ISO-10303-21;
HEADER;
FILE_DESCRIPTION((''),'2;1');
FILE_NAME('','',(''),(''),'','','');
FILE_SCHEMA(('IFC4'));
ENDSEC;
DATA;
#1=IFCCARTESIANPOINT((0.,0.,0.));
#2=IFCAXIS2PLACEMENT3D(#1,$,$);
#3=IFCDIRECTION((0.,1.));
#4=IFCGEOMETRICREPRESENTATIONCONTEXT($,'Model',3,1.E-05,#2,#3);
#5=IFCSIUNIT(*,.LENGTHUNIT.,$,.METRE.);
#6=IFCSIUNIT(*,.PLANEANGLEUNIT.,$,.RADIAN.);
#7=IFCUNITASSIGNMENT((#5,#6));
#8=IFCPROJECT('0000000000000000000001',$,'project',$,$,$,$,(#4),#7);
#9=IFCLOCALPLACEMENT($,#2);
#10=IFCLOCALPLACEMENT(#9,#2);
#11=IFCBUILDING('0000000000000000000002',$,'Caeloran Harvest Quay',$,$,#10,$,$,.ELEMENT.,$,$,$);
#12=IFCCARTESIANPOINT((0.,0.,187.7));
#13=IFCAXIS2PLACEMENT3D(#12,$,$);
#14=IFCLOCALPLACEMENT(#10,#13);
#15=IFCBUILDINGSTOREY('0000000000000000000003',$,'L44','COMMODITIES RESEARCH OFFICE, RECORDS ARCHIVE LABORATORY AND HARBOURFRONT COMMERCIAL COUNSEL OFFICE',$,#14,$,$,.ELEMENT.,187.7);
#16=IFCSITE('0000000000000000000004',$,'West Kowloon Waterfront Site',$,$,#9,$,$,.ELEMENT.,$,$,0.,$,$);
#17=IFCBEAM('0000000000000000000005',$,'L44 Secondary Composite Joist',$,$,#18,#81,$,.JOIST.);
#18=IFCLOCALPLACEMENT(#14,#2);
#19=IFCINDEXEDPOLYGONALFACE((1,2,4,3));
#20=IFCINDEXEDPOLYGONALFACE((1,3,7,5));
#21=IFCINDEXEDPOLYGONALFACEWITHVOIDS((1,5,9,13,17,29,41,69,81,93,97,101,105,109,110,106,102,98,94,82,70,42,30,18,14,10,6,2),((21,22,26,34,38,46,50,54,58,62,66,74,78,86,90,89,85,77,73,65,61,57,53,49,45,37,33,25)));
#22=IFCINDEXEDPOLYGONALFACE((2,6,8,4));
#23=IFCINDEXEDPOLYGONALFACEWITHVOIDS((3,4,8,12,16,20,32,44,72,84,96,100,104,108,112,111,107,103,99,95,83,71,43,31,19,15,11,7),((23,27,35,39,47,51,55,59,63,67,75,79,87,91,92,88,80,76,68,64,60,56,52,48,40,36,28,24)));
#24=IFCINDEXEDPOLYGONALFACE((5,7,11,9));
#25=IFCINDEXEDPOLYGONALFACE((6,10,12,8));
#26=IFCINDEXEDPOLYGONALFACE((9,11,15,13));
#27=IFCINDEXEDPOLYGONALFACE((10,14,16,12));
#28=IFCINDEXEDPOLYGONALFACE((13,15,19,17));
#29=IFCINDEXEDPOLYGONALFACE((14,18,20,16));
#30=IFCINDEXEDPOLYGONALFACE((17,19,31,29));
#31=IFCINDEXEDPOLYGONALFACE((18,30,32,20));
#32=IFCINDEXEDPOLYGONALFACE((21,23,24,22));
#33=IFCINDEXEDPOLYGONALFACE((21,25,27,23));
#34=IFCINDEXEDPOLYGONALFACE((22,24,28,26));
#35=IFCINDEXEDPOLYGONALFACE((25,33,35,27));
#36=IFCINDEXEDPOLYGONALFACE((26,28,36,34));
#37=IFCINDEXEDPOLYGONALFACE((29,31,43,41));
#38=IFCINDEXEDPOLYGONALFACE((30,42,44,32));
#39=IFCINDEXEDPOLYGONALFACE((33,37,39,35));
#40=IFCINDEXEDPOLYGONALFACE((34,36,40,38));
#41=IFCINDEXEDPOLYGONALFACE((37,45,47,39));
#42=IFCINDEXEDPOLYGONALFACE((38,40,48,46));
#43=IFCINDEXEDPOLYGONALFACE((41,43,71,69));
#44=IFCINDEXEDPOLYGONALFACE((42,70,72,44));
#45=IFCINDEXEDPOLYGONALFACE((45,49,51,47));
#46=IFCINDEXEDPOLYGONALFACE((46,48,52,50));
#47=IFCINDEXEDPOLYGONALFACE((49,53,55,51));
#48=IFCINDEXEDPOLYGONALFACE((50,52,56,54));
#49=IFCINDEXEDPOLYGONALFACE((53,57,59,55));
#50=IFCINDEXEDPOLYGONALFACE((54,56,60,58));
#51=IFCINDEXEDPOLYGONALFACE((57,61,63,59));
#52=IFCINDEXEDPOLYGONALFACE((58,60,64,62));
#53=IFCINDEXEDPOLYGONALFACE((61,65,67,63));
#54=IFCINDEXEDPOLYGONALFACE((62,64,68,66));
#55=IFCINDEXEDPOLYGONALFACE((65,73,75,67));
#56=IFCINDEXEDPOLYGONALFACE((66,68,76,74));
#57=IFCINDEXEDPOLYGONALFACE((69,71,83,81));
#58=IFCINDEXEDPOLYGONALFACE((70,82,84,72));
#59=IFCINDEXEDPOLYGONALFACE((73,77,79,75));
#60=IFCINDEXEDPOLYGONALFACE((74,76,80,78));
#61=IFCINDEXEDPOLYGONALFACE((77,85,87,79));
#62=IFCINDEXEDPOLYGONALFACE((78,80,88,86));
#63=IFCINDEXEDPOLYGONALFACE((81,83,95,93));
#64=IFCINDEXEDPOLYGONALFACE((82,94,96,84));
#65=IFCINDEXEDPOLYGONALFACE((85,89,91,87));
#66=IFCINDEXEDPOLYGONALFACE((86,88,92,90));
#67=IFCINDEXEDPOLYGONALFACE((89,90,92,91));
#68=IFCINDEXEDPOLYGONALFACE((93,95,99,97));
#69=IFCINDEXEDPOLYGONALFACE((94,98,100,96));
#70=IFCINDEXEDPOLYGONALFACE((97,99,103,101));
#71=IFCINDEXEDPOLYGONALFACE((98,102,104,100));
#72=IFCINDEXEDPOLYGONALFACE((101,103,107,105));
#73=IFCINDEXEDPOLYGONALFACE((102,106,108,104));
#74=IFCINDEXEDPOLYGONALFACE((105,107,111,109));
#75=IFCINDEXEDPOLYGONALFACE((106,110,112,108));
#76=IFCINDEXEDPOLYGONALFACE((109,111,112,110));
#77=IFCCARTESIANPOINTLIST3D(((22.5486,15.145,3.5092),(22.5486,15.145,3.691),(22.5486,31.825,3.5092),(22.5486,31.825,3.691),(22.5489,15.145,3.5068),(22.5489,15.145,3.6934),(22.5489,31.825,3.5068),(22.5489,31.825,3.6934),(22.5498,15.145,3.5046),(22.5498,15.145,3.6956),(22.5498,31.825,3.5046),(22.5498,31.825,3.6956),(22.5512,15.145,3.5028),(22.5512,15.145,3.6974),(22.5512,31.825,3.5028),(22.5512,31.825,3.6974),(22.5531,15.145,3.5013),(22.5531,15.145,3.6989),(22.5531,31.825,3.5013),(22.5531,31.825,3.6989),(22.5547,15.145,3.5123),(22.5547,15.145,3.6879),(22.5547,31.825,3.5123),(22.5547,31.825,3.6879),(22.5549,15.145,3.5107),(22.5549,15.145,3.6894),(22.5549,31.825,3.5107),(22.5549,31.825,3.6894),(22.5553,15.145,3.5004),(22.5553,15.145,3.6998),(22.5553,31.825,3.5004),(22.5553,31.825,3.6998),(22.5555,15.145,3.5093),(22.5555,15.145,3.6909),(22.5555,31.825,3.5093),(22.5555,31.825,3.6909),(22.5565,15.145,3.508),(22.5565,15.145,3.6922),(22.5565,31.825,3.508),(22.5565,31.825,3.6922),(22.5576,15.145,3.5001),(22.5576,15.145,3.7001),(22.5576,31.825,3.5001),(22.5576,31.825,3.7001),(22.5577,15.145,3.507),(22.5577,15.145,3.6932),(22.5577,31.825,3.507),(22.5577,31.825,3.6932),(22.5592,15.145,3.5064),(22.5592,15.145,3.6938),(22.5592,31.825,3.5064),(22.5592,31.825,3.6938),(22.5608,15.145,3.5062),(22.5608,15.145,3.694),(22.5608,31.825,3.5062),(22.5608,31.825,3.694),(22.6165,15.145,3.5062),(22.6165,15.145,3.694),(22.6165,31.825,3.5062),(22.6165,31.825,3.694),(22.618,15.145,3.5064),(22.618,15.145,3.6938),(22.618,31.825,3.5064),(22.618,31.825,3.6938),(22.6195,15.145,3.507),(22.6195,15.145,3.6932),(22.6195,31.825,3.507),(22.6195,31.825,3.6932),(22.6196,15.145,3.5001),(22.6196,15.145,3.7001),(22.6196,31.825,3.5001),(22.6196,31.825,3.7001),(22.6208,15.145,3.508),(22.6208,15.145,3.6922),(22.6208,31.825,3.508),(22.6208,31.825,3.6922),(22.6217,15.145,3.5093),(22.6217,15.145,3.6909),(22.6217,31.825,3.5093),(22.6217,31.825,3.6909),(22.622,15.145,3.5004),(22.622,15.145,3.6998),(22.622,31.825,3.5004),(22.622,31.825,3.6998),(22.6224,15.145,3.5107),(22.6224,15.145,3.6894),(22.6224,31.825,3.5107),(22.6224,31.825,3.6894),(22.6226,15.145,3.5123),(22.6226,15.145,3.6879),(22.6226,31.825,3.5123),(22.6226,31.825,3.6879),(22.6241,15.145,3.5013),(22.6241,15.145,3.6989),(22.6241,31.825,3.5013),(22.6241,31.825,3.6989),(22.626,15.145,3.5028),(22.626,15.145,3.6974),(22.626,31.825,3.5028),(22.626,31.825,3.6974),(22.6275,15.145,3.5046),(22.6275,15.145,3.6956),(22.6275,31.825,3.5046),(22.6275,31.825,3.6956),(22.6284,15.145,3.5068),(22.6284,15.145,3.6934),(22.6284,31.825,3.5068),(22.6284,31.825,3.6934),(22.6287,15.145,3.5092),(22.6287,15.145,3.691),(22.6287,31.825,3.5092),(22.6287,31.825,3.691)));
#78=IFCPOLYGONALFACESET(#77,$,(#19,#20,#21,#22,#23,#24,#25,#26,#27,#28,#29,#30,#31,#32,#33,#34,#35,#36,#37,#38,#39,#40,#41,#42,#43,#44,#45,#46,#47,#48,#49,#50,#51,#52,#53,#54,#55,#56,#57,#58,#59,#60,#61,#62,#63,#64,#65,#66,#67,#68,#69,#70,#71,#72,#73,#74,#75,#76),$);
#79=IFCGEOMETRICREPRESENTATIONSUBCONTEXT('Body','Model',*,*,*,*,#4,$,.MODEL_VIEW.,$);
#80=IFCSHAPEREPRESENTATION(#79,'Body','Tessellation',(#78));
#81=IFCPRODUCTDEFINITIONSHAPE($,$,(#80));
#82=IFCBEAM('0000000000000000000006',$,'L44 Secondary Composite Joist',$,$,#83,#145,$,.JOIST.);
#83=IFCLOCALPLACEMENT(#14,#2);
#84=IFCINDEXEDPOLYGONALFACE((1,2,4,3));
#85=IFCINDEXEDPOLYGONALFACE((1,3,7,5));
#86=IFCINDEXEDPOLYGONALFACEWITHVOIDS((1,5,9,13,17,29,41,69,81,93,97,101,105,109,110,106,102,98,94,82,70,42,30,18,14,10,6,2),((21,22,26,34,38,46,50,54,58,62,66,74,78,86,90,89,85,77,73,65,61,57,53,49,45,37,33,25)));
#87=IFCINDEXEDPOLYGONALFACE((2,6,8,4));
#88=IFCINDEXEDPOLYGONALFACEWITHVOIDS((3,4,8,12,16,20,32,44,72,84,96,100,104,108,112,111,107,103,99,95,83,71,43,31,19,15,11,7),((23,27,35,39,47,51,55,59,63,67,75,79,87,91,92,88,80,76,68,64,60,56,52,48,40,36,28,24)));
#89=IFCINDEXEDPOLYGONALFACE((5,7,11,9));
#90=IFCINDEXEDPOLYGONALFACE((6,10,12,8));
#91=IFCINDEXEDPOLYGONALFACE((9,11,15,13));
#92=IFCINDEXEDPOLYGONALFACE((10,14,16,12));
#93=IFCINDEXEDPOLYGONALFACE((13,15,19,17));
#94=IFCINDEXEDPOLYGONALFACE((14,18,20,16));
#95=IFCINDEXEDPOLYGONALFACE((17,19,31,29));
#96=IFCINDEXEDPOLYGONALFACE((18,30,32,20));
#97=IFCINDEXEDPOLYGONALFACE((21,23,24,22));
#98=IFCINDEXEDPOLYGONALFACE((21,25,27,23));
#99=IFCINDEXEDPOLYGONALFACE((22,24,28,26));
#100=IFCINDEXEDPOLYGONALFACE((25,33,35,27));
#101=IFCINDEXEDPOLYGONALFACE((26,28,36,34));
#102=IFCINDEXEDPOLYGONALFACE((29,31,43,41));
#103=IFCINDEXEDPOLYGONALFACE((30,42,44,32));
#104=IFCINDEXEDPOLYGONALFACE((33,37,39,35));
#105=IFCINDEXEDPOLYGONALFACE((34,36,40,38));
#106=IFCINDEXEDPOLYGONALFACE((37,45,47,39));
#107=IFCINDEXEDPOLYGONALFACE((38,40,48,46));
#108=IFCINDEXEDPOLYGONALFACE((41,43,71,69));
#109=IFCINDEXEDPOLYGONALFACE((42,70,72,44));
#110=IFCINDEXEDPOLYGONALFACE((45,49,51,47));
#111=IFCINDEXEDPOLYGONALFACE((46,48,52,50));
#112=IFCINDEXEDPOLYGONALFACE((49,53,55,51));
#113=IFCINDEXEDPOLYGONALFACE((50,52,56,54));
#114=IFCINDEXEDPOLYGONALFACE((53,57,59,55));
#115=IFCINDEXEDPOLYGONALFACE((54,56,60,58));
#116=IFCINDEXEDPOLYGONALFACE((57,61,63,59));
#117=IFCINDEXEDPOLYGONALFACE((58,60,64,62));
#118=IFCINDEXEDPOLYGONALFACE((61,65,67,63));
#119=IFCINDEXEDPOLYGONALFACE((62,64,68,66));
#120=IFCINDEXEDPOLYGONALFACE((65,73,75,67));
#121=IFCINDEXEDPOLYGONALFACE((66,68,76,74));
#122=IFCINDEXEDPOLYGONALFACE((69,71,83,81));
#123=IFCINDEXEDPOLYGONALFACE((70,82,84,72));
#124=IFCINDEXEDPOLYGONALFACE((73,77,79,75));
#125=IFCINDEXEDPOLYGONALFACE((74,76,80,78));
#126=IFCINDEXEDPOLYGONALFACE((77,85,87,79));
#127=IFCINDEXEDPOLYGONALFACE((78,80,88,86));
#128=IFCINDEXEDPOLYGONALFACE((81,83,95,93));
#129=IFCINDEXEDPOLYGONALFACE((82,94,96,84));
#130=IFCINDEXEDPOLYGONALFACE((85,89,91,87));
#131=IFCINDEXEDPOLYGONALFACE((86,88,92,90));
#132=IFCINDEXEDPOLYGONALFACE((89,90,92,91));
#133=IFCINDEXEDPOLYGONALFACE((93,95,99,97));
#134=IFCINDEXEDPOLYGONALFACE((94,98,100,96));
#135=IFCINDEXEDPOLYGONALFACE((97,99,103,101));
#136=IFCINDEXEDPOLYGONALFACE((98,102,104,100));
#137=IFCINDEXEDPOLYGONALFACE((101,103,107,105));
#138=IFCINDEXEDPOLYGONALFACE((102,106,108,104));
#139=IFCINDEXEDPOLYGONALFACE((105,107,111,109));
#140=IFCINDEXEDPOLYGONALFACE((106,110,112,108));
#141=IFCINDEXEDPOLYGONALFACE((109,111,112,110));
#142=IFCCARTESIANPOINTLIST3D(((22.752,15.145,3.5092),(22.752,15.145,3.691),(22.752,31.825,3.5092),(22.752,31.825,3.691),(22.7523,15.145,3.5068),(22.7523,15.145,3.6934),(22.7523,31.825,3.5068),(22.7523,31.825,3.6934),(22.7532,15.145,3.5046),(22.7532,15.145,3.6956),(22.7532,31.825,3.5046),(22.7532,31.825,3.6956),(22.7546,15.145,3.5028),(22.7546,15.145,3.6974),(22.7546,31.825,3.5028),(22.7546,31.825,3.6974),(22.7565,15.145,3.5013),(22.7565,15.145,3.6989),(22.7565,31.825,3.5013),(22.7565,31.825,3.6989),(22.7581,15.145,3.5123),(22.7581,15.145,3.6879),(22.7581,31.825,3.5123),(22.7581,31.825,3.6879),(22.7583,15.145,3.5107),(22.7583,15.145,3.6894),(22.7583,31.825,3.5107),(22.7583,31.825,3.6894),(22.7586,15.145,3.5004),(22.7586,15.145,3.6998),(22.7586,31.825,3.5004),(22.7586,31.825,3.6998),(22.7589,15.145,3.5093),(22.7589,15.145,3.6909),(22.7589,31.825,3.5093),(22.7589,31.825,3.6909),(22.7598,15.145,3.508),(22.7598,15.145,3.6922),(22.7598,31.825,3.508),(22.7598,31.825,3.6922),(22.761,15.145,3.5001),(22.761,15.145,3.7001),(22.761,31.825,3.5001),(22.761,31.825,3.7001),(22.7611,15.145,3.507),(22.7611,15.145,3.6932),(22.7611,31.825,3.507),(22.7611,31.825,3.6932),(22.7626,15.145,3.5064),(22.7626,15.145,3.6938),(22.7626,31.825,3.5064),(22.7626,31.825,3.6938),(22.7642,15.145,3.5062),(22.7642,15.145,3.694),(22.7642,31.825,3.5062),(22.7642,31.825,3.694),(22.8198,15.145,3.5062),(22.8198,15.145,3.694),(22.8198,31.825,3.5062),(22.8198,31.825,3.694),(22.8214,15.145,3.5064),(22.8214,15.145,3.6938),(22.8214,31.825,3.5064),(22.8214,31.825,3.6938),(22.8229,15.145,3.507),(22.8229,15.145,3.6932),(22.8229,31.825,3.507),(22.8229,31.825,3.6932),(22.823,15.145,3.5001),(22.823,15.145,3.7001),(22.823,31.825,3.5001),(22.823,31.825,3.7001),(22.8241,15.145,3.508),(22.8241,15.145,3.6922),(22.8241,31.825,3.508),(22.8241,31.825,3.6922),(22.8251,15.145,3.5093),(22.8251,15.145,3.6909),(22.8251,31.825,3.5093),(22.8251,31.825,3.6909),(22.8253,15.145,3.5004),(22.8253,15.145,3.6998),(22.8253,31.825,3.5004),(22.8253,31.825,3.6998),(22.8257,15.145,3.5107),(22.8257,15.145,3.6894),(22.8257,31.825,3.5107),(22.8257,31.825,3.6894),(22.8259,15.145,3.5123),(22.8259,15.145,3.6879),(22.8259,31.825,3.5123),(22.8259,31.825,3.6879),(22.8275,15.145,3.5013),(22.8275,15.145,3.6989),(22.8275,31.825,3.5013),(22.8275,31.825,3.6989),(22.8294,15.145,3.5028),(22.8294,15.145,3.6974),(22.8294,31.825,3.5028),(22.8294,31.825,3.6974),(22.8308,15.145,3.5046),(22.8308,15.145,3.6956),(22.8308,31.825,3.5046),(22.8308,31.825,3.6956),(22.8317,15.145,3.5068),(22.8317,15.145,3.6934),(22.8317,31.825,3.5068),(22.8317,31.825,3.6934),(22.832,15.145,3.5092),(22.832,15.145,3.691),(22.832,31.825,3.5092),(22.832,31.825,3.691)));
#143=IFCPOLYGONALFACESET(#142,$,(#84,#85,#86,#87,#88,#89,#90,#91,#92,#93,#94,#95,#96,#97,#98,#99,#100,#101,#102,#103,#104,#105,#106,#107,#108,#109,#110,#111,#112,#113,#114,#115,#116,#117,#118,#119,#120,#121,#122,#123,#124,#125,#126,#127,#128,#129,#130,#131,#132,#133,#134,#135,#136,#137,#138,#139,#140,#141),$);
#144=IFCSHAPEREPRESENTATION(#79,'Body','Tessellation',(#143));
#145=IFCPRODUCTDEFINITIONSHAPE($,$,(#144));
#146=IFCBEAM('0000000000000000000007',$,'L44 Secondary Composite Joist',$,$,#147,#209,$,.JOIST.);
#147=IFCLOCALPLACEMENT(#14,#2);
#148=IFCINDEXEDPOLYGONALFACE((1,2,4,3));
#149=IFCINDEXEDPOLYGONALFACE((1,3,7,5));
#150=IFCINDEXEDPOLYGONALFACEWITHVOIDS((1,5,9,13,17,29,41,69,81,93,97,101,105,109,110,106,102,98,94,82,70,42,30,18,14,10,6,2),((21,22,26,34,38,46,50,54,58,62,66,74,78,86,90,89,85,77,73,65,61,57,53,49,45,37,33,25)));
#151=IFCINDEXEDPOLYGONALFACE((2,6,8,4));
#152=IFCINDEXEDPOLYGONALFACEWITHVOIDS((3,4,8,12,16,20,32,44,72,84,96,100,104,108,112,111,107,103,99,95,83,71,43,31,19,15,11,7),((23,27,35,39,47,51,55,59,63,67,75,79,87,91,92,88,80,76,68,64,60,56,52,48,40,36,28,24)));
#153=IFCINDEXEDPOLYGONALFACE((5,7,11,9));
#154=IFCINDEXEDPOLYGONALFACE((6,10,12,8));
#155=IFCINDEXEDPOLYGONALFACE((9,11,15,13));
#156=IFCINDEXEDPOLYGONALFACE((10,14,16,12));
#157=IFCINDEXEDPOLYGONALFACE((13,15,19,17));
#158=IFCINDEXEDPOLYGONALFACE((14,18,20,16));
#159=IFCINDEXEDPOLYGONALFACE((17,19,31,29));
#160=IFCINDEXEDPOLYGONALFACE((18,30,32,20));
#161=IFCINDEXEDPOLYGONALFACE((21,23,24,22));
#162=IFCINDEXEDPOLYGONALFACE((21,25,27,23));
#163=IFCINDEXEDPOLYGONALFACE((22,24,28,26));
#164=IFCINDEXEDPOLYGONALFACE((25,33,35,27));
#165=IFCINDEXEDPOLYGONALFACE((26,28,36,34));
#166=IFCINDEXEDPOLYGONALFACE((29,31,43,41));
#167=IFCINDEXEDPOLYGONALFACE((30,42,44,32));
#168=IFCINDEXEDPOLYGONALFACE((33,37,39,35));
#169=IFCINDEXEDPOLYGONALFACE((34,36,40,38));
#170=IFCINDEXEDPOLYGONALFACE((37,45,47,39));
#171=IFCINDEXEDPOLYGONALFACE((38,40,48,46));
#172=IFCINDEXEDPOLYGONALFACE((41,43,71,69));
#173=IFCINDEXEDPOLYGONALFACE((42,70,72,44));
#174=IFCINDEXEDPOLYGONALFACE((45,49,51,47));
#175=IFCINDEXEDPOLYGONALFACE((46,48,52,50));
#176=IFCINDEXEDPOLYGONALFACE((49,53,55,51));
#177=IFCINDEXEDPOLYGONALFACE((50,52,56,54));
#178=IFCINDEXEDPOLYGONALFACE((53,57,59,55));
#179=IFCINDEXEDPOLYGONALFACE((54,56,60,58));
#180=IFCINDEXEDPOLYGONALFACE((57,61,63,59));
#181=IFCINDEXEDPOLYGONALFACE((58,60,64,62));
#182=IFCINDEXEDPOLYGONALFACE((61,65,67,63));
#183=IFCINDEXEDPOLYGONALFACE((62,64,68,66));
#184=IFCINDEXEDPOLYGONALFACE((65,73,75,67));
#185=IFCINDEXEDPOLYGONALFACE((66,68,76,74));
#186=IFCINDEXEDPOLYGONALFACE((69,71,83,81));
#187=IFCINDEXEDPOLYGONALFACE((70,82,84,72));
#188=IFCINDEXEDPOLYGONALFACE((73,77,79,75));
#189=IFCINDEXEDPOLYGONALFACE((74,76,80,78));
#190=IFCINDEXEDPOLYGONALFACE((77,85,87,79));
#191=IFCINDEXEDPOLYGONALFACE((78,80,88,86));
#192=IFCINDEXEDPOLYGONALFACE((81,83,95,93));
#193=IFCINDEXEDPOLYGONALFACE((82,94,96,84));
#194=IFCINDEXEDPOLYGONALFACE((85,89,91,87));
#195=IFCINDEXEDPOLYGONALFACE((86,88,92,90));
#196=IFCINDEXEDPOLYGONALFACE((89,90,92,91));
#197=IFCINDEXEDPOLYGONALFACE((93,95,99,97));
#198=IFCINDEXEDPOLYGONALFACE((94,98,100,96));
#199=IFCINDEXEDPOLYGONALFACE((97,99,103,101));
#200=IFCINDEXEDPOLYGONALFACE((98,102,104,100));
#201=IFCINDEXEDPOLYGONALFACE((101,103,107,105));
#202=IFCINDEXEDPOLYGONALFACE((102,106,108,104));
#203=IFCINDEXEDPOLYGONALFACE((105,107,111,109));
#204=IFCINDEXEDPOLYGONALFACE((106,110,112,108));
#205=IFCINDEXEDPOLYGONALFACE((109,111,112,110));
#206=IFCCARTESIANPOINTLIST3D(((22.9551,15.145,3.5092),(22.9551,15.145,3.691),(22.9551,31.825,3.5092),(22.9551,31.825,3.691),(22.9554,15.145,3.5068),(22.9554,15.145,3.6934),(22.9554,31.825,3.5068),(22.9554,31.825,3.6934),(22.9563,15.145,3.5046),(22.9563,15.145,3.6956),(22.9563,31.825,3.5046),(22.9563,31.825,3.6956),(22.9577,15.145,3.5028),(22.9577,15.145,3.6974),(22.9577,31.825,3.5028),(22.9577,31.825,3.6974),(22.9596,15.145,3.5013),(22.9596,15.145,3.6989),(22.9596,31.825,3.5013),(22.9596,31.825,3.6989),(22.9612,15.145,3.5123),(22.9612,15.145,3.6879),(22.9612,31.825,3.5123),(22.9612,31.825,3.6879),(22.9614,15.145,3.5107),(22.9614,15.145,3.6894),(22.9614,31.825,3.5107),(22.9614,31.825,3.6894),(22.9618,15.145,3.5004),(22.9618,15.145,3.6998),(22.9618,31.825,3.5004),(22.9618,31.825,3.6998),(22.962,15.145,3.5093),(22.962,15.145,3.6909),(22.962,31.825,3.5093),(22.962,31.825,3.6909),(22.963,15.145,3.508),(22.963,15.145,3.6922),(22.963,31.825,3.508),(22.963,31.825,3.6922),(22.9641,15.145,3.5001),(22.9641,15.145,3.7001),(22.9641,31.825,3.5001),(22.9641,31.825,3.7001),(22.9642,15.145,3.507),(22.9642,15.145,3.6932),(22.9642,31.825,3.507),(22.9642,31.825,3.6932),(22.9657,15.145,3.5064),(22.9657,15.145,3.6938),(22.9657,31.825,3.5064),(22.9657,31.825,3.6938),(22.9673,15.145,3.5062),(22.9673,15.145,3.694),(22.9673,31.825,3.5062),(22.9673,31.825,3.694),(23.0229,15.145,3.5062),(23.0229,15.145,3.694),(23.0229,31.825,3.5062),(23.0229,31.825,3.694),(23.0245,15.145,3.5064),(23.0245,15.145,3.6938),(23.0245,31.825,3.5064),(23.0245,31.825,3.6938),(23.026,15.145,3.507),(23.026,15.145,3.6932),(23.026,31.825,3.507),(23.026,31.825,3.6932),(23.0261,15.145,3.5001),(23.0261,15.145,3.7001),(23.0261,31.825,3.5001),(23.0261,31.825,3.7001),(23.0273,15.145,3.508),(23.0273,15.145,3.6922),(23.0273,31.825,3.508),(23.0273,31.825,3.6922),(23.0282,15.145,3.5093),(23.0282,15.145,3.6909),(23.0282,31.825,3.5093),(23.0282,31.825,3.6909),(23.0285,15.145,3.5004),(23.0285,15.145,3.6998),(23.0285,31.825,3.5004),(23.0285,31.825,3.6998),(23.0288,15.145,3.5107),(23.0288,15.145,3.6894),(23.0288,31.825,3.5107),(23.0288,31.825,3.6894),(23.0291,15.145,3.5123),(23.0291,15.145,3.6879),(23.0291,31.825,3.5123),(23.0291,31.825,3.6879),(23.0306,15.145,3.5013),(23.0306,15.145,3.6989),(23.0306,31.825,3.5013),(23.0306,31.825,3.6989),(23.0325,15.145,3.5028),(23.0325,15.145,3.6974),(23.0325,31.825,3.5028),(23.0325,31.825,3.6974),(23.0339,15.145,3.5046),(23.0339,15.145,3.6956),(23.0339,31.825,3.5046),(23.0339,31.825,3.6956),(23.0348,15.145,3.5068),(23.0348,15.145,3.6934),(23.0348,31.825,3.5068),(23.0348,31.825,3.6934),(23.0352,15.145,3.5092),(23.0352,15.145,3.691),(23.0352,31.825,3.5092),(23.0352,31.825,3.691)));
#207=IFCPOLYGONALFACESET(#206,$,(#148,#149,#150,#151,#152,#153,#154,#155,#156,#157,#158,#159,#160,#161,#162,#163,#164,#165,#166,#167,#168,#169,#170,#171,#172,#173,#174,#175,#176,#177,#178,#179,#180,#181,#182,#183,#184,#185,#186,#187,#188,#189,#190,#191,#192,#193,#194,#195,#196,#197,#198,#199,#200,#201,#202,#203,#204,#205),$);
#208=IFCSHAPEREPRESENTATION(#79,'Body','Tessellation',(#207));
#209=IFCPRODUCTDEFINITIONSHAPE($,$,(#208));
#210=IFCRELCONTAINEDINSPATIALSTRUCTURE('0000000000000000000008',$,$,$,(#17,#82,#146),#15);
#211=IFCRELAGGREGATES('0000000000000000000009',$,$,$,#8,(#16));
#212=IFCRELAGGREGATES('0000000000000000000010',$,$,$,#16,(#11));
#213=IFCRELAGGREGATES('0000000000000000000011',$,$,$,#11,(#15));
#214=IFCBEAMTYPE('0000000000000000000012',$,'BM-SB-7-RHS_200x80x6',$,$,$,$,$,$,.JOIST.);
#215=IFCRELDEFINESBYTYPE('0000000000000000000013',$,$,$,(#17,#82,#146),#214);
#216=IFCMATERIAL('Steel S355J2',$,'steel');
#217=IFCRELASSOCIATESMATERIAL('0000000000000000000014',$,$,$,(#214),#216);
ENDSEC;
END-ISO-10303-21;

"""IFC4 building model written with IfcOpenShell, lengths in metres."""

from ifc_helpers import new_model, si_unit, direction, frame, origin, origin_2d, place, context, subcontext, project, spatial, hollow_rectangle, extrude, material, material_profile, profile_set, type_object, element, save


model = new_model("IFC4")

# Units and contexts
model_context = context("Model", 3, precision=1e-05, world=origin(), true_north=direction((0.0, 1.0)))
body_context = subcontext(model_context, "Body", "Model", "MODEL_VIEW")
ifc_project = project(units=[si_unit("LENGTHUNIT", "METRE"), si_unit("PLANEANGLEUNIT", "RADIAN")], contexts=[model_context])

# Site, building, storey
site_placement = place(None, origin())
site = spatial("IfcSite", under=ifc_project, at=site_placement, Name="West Kowloon Waterfront Site", CompositionType="ELEMENT", RefElevation=0.0)
building_placement = place(site_placement, origin())
building = spatial("IfcBuilding", under=site, at=building_placement, Name="Caeloran Harvest Quay", CompositionType="ELEMENT")
storey_placement = place(building_placement, frame((0.0, 0.0, 187.7)))
storey = spatial("IfcBuildingStorey", under=building, at=storey_placement, Name="L44", Description="COMMODITIES RESEARCH OFFICE, RECORDS ARCHIVE LABORATORY AND HARBOURFRONT COMMERCIAL COUNSEL OFFICE", CompositionType="ELEMENT", Elevation=187.7)

# Beams
ifc_material_1 = material(Name="Steel S355J2", Category="steel")
ifc_material_profile_1 = material_profile(ifc_material_1, hollow_rectangle(XDim=0.0801, YDim=0.2, WallThickness=0.0061, InnerFilletRadius=0.0061, OuterFilletRadius=0.009, at=origin_2d()), Name="RHS 200x80x6")
ifc_profile_set_1 = profile_set([ifc_material_profile_1], Name="Steel S355J2")
beam_type_1 = type_object("IfcBeamType", Name="BM-SB-7-RHS_200x80x6", PredefinedType="JOIST", material=ifc_profile_set_1)
for number, where, z_axis, x_axis, name in (
    (1, (22.5886, 15.145, 3.6001), (0.0, 1.0, 0.0), (-1.0, 0.0, 0.0), "L44 Secondary Composite Joist"),
    (2, (22.792, 15.145, 3.6001), (0.0, 1.0, 0.0), (-1.0, 0.0, 0.0), "L44 Secondary Composite Joist"),
    (3, (22.9951, 15.145, 3.6001), (0.0, 1.0, 0.0), (-1.0, 0.0, 0.0), "L44 Secondary Composite Joist"),
):
    element("IfcBeam", number, at=place(storey_placement, frame(where, z_axis=z_axis, x_axis=x_axis)), inside=storey, type_object=beam_type_1, Name=name, PredefinedType="JOIST", context=body_context, shape_type="SweptSolid", body=[
        extrude(hollow_rectangle(XDim=0.0801, YDim=0.2, WallThickness=0.0061, InnerFilletRadius=0.0061, OuterFilletRadius=0.009, at=origin_2d()), origin(), (0.0, 0.0, 1.0), 16.6799),
    ])

save(model, "model.ifc")
